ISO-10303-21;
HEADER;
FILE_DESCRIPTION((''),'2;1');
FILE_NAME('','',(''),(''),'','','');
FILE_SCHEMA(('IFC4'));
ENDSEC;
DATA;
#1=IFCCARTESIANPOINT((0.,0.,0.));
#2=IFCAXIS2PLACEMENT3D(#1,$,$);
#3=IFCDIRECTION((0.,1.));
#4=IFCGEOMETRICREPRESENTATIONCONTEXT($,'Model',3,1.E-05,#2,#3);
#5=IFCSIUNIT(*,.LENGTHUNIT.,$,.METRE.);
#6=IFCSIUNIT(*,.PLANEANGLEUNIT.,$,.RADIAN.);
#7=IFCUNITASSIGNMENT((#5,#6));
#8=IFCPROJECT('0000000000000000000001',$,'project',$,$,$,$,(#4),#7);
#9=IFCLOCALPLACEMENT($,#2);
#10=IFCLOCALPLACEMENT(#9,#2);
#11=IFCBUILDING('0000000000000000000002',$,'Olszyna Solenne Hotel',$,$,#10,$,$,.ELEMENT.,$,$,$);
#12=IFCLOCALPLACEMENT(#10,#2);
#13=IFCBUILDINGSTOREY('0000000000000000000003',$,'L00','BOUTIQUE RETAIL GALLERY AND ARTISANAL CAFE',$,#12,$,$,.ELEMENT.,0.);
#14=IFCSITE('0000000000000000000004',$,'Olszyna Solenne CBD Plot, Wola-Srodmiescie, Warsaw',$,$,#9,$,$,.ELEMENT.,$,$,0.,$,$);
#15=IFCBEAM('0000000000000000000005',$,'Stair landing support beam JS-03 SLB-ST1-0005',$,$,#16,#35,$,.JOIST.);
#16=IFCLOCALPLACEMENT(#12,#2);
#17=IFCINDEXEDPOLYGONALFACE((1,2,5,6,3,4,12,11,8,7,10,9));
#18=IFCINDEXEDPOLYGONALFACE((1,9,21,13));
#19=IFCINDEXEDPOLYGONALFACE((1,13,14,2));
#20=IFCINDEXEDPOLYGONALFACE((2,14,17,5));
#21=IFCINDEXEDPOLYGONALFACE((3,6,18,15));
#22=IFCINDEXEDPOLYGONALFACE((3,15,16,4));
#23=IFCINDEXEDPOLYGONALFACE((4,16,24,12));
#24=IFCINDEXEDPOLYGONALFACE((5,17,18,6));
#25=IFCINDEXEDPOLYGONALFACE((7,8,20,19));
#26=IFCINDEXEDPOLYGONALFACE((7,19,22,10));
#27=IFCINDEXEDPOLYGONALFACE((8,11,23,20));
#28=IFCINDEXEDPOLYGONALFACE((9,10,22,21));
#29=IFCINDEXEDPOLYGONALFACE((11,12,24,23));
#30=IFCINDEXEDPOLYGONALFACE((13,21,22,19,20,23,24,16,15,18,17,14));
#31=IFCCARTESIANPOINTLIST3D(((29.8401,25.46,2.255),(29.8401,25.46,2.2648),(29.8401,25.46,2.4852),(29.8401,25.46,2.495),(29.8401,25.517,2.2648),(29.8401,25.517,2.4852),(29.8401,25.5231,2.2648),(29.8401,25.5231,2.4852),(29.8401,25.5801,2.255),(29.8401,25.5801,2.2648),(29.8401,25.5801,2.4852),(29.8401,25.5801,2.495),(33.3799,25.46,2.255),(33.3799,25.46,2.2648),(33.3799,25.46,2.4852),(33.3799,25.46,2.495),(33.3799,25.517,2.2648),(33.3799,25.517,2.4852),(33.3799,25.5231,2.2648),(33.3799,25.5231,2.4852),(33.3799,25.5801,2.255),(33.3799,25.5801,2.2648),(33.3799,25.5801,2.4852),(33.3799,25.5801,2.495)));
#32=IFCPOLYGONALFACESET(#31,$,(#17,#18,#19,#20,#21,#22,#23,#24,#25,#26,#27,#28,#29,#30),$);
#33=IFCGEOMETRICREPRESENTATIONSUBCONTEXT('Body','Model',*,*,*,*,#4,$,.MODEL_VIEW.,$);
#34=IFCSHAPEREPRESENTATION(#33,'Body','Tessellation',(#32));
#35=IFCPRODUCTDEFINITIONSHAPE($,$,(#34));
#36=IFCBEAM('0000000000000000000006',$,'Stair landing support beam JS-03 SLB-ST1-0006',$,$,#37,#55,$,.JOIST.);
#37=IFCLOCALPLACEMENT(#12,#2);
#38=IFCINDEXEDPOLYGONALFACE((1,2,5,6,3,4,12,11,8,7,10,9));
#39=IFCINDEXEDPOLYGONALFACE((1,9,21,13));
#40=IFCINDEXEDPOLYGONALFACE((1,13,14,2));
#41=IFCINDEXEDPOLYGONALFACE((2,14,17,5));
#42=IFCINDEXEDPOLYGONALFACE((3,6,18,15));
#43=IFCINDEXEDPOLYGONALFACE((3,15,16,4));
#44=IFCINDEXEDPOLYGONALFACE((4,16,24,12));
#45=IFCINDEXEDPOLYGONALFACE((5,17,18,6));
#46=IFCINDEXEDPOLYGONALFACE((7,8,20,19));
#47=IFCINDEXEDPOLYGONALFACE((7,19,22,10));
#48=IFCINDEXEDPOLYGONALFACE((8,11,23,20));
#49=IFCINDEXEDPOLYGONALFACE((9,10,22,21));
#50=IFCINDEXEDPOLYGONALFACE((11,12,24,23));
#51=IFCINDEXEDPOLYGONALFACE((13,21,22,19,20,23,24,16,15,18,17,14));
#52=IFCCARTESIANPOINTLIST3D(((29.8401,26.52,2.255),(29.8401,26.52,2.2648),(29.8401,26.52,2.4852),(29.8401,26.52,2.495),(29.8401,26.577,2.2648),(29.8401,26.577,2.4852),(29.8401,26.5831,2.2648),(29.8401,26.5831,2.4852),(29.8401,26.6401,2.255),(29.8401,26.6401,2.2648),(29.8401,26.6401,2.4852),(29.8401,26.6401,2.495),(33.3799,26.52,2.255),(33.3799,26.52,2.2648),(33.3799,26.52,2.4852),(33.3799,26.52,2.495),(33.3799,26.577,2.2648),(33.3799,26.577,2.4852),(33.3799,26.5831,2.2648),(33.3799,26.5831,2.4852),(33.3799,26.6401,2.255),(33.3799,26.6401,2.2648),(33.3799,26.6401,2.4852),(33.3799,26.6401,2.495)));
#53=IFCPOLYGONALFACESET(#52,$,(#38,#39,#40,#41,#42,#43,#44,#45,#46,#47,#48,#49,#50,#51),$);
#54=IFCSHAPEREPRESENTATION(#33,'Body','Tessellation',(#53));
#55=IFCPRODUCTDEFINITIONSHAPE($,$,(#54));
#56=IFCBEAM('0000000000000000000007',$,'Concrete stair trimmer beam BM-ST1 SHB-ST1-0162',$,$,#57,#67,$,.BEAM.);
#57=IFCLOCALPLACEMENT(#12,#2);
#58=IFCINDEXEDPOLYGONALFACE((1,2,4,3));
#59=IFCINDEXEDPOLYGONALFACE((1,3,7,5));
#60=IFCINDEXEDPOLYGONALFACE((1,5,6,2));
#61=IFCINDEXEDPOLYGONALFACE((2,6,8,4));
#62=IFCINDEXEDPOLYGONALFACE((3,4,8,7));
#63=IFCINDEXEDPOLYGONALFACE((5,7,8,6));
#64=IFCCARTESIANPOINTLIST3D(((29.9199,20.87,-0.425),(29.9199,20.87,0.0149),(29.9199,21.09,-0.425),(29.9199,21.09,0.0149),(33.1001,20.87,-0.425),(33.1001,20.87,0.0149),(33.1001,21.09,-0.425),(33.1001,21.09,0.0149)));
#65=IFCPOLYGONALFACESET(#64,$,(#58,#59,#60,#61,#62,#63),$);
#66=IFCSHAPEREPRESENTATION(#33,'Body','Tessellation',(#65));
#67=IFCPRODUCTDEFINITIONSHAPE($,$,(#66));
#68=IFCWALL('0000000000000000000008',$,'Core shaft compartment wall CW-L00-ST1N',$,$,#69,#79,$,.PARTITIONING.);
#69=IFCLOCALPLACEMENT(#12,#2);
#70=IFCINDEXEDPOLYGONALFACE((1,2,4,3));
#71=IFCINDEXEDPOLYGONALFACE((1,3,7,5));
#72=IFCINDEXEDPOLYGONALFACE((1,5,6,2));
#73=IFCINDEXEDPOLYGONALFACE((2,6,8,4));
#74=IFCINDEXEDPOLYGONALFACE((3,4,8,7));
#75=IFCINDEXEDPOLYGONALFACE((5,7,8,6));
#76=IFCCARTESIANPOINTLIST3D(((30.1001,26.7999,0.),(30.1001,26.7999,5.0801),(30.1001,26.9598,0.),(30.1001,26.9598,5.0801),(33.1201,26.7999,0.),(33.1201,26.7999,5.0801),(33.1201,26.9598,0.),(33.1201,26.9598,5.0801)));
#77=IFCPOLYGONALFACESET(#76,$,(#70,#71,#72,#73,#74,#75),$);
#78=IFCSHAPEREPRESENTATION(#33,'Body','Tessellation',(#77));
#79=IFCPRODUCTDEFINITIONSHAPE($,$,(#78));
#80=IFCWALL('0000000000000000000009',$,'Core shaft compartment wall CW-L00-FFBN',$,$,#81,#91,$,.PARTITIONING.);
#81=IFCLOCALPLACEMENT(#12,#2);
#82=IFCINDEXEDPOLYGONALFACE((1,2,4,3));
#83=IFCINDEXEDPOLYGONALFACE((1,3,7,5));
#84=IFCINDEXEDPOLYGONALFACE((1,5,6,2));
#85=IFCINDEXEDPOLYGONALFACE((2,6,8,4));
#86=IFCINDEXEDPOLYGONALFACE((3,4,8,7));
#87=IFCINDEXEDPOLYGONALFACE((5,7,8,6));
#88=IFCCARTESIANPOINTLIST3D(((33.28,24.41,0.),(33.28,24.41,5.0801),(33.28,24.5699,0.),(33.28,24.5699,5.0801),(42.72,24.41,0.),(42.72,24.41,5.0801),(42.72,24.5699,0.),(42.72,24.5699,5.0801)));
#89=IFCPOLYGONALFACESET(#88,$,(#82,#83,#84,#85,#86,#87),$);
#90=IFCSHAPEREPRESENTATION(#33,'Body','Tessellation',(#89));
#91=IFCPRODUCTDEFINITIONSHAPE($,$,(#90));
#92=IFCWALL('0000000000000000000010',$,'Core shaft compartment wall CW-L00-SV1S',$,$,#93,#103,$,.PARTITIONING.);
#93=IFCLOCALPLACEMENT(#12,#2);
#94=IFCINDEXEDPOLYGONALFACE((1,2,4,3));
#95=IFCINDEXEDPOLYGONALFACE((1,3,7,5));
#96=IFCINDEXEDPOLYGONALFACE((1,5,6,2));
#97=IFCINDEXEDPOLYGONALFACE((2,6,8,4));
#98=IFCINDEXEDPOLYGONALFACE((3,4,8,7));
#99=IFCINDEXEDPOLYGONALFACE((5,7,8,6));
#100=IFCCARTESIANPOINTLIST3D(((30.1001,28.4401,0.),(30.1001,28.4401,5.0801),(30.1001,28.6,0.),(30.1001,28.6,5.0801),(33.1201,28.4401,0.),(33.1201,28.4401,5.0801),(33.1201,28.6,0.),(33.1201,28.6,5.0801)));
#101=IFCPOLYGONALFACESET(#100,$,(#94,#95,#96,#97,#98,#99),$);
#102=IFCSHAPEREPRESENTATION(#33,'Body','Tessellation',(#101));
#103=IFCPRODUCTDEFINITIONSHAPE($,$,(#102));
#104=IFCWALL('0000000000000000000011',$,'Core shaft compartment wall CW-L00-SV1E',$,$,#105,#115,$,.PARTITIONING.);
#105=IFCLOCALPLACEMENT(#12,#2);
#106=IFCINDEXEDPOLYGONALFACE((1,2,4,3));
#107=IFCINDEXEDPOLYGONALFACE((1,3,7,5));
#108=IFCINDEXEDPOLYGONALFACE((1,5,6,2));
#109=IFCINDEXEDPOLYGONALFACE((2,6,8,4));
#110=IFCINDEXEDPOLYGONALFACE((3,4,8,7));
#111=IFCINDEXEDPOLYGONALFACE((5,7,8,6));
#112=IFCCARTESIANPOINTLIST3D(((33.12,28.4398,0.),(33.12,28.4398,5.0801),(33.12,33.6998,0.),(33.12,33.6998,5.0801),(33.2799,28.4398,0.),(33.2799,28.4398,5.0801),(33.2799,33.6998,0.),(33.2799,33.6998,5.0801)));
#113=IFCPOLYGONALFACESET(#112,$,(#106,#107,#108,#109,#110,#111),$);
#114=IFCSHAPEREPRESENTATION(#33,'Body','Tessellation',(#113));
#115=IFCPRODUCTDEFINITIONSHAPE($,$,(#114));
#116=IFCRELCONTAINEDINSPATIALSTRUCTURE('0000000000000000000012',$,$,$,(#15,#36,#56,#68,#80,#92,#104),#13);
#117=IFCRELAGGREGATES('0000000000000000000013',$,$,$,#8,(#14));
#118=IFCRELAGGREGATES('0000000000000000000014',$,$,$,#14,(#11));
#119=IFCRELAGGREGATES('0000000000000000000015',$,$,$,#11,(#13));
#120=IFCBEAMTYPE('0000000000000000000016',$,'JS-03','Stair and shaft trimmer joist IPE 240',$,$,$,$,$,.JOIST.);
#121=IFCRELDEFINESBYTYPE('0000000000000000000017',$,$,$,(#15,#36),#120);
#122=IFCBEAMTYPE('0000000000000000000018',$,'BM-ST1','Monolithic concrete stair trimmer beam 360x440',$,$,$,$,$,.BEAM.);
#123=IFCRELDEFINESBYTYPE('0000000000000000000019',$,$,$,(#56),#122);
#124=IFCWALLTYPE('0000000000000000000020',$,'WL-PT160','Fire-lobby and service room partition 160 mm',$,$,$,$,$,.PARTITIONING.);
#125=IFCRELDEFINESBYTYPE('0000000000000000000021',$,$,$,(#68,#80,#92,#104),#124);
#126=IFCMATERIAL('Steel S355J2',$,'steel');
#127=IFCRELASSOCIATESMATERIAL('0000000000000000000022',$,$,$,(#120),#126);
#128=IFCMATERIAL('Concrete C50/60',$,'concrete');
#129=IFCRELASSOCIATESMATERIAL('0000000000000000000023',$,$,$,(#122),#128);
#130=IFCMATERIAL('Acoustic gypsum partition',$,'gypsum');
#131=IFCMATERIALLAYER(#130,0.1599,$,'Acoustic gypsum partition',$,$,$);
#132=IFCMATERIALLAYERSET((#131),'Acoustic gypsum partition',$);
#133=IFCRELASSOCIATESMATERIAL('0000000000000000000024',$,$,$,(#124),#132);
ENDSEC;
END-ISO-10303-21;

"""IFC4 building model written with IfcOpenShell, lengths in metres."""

from ifc_helpers import new_model, si_unit, direction, frame, frame_2d, origin, origin_2d, place, context, subcontext, project, spatial, rectangle, i_section, extrude, source, transform, mapped, material, layer, layer_set, material_profile, profile_set, type_object, element, save


model = new_model("IFC4")

# Units and contexts
model_context = context("Model", 3, precision=1e-05, world=origin(), true_north=direction((0.0, 1.0)))
body_context = subcontext(model_context, "Body", "Model", "MODEL_VIEW")
ifc_project = project(units=[si_unit("LENGTHUNIT", "METRE"), si_unit("PLANEANGLEUNIT", "RADIAN")], contexts=[model_context])

# Site, building, storey
site_placement = place(None, origin())
site = spatial("IfcSite", under=ifc_project, at=site_placement, Name="Olszyna Solenne CBD Plot, Wola-Srodmiescie, Warsaw", CompositionType="ELEMENT", RefElevation=0.0)
building_placement = place(site_placement, origin())
building = spatial("IfcBuilding", under=site, at=building_placement, Name="Olszyna Solenne Hotel", CompositionType="ELEMENT")
storey_placement = place(building_placement, origin())
storey = spatial("IfcBuildingStorey", under=building, at=storey_placement, Name="L00", Description="BOUTIQUE RETAIL GALLERY AND ARTISANAL CAFE", CompositionType="ELEMENT", Elevation=0.0)

# Beams
ifc_material_1 = material(Name="Steel S355J2", Category="steel")
ifc_material_profile_1 = material_profile(ifc_material_1, i_section(OverallWidth=0.1201, OverallDepth=0.24, WebThickness=0.0061, FlangeThickness=0.0098, at=origin_2d()), Name="IPE 240", Category="load-bearing")
ifc_profile_set_1 = profile_set([ifc_material_profile_1], Name="Steel S355J2")
beam_type_1 = type_object("IfcBeamType", Name="JS-03", Description="Stair and shaft trimmer joist IPE 240", PredefinedType="JOIST", material=ifc_profile_set_1)
shared_shape_1 = source(origin(), body_context, "Body", "SweptSolid", [
    extrude(i_section(OverallWidth=0.1201, OverallDepth=0.24, WebThickness=0.0061, FlangeThickness=0.0098, at=origin_2d()), origin(), (0.0, 0.0, 1.0), 3.5398),
])
for number, where, z_axis, x_axis, name in (
    (1, (33.3799, 25.52, 2.375), (-1.0, 0.0, 0.0), (0.0, -1.0, 0.0), "Stair landing support beam JS-03 SLB-ST1-0005"),
    (2, (33.3799, 26.5801, 2.375), (-1.0, 0.0, 0.0), (0.0, -1.0, 0.0), "Stair landing support beam JS-03 SLB-ST1-0006"),
):
    element("IfcBeam", number, at=place(storey_placement, frame(where, z_axis=z_axis, x_axis=x_axis)), inside=storey, type_object=beam_type_1, Name=name, PredefinedType="JOIST", context=body_context, shape_type="MappedRepresentation", body=[
        mapped(shared_shape_1, transform((0.0, 0.0, 0.0), x_axis=(1.0, 0.0, 0.0), y_axis=(0.0, 1.0, 0.0), z_axis=(0.0, 0.0, 1.0), scale=1.0)),
    ])
ifc_material_2 = material(Name="Concrete C50/60", Category="concrete")
ifc_material_profile_2 = material_profile(ifc_material_2, rectangle(XDim=0.22, YDim=0.4399, at=origin_2d()), Name="RC 220x440", Category="load-bearing")
ifc_profile_set_2 = profile_set([ifc_material_profile_2], Name="Concrete C50/60")
beam_type_2 = type_object("IfcBeamType", Name="BM-ST1", Description="Monolithic concrete stair trimmer beam 360x440", PredefinedType="BEAM", material=ifc_profile_set_2)
shared_shape_2 = source(origin(), body_context, "Body", "SweptSolid", [
    extrude(rectangle(XDim=0.22, YDim=0.4399, at=origin_2d()), origin(), (0.0, 0.0, 1.0), 3.1802),
])
beam_placement = place(storey_placement, frame((33.1001, 20.98, -0.2051), z_axis=(-1.0, 0.0, 0.0), x_axis=(0.0, -1.0, 0.0)))
element("IfcBeam", 3, at=beam_placement, inside=storey, type_object=beam_type_2, Name="Concrete stair trimmer beam BM-ST1 SHB-ST1-0162", PredefinedType="BEAM", context=body_context, shape_type="MappedRepresentation", body=[
    mapped(shared_shape_2, transform((0.0, 0.0, 0.0), x_axis=(1.0, 0.0, 0.0), y_axis=(0.0, 1.0, 0.0), z_axis=(0.0, 0.0, 1.0), scale=1.0)),
])

# Walls
ifc_material_3 = material(Name="Acoustic gypsum partition", Category="gypsum")
ifc_layer = layer(ifc_material_3, 0.1599, Name="Acoustic gypsum partition")
ifc_layer_set = layer_set([ifc_layer], Name="Acoustic gypsum partition")
wall_type = type_object("IfcWallType", Name="WL-PT160", Description="Fire-lobby and service room partition 160 mm", PredefinedType="PARTITIONING", material=ifc_layer_set)
wall_1_placement = place(storey_placement, frame((30.1001, 26.8799, 0.0), z_axis=(0.0, 0.0, 1.0), x_axis=(1.0, 0.0, 0.0)))
element("IfcWall", 4, at=wall_1_placement, inside=storey, type_object=wall_type, Name="Core shaft compartment wall CW-L00-ST1N", PredefinedType="PARTITIONING", context=body_context, shape_type="SweptSolid", body=[
    extrude(rectangle(XDim=3.02, YDim=0.1599, at=frame_2d((1.51, 0.0))), origin(), (0.0, 0.0, 1.0), 5.0801),
])
wall_2_placement = place(storey_placement, frame((33.28, 24.49, 0.0), z_axis=(0.0, 0.0, 1.0), x_axis=(1.0, 0.0, 0.0)))
element("IfcWall", 5, at=wall_2_placement, inside=storey, type_object=wall_type, Name="Core shaft compartment wall CW-L00-FFBN", PredefinedType="PARTITIONING", context=body_context, shape_type="SweptSolid", body=[
    extrude(rectangle(XDim=9.4399, YDim=0.1599, at=frame_2d((4.72, 0.0))), origin(), (0.0, 0.0, 1.0), 5.0801),
])
wall_3_placement = place(storey_placement, frame((30.1001, 28.52, 0.0), z_axis=(0.0, 0.0, 1.0), x_axis=(1.0, 0.0, 0.0)))
element("IfcWall", 6, at=wall_3_placement, inside=storey, type_object=wall_type, Name="Core shaft compartment wall CW-L00-SV1S", PredefinedType="PARTITIONING", context=body_context, shape_type="SweptSolid", body=[
    extrude(rectangle(XDim=3.02, YDim=0.1599, at=frame_2d((1.51, 0.0))), origin(), (0.0, 0.0, 1.0), 5.0801),
])
wall_4_placement = place(storey_placement, frame((33.2, 28.4399, 0.0), z_axis=(0.0, 0.0, 1.0), x_axis=(0.0, 1.0, 0.0)))
element("IfcWall", 7, at=wall_4_placement, inside=storey, type_object=wall_type, Name="Core shaft compartment wall CW-L00-SV1E", PredefinedType="PARTITIONING", context=body_context, shape_type="SweptSolid", body=[
    extrude(rectangle(XDim=5.26, YDim=0.1599, at=frame_2d((2.6299, 0.0))), origin(), (0.0, 0.0, 1.0), 5.0801),
])

save(model, "model.ifc")
